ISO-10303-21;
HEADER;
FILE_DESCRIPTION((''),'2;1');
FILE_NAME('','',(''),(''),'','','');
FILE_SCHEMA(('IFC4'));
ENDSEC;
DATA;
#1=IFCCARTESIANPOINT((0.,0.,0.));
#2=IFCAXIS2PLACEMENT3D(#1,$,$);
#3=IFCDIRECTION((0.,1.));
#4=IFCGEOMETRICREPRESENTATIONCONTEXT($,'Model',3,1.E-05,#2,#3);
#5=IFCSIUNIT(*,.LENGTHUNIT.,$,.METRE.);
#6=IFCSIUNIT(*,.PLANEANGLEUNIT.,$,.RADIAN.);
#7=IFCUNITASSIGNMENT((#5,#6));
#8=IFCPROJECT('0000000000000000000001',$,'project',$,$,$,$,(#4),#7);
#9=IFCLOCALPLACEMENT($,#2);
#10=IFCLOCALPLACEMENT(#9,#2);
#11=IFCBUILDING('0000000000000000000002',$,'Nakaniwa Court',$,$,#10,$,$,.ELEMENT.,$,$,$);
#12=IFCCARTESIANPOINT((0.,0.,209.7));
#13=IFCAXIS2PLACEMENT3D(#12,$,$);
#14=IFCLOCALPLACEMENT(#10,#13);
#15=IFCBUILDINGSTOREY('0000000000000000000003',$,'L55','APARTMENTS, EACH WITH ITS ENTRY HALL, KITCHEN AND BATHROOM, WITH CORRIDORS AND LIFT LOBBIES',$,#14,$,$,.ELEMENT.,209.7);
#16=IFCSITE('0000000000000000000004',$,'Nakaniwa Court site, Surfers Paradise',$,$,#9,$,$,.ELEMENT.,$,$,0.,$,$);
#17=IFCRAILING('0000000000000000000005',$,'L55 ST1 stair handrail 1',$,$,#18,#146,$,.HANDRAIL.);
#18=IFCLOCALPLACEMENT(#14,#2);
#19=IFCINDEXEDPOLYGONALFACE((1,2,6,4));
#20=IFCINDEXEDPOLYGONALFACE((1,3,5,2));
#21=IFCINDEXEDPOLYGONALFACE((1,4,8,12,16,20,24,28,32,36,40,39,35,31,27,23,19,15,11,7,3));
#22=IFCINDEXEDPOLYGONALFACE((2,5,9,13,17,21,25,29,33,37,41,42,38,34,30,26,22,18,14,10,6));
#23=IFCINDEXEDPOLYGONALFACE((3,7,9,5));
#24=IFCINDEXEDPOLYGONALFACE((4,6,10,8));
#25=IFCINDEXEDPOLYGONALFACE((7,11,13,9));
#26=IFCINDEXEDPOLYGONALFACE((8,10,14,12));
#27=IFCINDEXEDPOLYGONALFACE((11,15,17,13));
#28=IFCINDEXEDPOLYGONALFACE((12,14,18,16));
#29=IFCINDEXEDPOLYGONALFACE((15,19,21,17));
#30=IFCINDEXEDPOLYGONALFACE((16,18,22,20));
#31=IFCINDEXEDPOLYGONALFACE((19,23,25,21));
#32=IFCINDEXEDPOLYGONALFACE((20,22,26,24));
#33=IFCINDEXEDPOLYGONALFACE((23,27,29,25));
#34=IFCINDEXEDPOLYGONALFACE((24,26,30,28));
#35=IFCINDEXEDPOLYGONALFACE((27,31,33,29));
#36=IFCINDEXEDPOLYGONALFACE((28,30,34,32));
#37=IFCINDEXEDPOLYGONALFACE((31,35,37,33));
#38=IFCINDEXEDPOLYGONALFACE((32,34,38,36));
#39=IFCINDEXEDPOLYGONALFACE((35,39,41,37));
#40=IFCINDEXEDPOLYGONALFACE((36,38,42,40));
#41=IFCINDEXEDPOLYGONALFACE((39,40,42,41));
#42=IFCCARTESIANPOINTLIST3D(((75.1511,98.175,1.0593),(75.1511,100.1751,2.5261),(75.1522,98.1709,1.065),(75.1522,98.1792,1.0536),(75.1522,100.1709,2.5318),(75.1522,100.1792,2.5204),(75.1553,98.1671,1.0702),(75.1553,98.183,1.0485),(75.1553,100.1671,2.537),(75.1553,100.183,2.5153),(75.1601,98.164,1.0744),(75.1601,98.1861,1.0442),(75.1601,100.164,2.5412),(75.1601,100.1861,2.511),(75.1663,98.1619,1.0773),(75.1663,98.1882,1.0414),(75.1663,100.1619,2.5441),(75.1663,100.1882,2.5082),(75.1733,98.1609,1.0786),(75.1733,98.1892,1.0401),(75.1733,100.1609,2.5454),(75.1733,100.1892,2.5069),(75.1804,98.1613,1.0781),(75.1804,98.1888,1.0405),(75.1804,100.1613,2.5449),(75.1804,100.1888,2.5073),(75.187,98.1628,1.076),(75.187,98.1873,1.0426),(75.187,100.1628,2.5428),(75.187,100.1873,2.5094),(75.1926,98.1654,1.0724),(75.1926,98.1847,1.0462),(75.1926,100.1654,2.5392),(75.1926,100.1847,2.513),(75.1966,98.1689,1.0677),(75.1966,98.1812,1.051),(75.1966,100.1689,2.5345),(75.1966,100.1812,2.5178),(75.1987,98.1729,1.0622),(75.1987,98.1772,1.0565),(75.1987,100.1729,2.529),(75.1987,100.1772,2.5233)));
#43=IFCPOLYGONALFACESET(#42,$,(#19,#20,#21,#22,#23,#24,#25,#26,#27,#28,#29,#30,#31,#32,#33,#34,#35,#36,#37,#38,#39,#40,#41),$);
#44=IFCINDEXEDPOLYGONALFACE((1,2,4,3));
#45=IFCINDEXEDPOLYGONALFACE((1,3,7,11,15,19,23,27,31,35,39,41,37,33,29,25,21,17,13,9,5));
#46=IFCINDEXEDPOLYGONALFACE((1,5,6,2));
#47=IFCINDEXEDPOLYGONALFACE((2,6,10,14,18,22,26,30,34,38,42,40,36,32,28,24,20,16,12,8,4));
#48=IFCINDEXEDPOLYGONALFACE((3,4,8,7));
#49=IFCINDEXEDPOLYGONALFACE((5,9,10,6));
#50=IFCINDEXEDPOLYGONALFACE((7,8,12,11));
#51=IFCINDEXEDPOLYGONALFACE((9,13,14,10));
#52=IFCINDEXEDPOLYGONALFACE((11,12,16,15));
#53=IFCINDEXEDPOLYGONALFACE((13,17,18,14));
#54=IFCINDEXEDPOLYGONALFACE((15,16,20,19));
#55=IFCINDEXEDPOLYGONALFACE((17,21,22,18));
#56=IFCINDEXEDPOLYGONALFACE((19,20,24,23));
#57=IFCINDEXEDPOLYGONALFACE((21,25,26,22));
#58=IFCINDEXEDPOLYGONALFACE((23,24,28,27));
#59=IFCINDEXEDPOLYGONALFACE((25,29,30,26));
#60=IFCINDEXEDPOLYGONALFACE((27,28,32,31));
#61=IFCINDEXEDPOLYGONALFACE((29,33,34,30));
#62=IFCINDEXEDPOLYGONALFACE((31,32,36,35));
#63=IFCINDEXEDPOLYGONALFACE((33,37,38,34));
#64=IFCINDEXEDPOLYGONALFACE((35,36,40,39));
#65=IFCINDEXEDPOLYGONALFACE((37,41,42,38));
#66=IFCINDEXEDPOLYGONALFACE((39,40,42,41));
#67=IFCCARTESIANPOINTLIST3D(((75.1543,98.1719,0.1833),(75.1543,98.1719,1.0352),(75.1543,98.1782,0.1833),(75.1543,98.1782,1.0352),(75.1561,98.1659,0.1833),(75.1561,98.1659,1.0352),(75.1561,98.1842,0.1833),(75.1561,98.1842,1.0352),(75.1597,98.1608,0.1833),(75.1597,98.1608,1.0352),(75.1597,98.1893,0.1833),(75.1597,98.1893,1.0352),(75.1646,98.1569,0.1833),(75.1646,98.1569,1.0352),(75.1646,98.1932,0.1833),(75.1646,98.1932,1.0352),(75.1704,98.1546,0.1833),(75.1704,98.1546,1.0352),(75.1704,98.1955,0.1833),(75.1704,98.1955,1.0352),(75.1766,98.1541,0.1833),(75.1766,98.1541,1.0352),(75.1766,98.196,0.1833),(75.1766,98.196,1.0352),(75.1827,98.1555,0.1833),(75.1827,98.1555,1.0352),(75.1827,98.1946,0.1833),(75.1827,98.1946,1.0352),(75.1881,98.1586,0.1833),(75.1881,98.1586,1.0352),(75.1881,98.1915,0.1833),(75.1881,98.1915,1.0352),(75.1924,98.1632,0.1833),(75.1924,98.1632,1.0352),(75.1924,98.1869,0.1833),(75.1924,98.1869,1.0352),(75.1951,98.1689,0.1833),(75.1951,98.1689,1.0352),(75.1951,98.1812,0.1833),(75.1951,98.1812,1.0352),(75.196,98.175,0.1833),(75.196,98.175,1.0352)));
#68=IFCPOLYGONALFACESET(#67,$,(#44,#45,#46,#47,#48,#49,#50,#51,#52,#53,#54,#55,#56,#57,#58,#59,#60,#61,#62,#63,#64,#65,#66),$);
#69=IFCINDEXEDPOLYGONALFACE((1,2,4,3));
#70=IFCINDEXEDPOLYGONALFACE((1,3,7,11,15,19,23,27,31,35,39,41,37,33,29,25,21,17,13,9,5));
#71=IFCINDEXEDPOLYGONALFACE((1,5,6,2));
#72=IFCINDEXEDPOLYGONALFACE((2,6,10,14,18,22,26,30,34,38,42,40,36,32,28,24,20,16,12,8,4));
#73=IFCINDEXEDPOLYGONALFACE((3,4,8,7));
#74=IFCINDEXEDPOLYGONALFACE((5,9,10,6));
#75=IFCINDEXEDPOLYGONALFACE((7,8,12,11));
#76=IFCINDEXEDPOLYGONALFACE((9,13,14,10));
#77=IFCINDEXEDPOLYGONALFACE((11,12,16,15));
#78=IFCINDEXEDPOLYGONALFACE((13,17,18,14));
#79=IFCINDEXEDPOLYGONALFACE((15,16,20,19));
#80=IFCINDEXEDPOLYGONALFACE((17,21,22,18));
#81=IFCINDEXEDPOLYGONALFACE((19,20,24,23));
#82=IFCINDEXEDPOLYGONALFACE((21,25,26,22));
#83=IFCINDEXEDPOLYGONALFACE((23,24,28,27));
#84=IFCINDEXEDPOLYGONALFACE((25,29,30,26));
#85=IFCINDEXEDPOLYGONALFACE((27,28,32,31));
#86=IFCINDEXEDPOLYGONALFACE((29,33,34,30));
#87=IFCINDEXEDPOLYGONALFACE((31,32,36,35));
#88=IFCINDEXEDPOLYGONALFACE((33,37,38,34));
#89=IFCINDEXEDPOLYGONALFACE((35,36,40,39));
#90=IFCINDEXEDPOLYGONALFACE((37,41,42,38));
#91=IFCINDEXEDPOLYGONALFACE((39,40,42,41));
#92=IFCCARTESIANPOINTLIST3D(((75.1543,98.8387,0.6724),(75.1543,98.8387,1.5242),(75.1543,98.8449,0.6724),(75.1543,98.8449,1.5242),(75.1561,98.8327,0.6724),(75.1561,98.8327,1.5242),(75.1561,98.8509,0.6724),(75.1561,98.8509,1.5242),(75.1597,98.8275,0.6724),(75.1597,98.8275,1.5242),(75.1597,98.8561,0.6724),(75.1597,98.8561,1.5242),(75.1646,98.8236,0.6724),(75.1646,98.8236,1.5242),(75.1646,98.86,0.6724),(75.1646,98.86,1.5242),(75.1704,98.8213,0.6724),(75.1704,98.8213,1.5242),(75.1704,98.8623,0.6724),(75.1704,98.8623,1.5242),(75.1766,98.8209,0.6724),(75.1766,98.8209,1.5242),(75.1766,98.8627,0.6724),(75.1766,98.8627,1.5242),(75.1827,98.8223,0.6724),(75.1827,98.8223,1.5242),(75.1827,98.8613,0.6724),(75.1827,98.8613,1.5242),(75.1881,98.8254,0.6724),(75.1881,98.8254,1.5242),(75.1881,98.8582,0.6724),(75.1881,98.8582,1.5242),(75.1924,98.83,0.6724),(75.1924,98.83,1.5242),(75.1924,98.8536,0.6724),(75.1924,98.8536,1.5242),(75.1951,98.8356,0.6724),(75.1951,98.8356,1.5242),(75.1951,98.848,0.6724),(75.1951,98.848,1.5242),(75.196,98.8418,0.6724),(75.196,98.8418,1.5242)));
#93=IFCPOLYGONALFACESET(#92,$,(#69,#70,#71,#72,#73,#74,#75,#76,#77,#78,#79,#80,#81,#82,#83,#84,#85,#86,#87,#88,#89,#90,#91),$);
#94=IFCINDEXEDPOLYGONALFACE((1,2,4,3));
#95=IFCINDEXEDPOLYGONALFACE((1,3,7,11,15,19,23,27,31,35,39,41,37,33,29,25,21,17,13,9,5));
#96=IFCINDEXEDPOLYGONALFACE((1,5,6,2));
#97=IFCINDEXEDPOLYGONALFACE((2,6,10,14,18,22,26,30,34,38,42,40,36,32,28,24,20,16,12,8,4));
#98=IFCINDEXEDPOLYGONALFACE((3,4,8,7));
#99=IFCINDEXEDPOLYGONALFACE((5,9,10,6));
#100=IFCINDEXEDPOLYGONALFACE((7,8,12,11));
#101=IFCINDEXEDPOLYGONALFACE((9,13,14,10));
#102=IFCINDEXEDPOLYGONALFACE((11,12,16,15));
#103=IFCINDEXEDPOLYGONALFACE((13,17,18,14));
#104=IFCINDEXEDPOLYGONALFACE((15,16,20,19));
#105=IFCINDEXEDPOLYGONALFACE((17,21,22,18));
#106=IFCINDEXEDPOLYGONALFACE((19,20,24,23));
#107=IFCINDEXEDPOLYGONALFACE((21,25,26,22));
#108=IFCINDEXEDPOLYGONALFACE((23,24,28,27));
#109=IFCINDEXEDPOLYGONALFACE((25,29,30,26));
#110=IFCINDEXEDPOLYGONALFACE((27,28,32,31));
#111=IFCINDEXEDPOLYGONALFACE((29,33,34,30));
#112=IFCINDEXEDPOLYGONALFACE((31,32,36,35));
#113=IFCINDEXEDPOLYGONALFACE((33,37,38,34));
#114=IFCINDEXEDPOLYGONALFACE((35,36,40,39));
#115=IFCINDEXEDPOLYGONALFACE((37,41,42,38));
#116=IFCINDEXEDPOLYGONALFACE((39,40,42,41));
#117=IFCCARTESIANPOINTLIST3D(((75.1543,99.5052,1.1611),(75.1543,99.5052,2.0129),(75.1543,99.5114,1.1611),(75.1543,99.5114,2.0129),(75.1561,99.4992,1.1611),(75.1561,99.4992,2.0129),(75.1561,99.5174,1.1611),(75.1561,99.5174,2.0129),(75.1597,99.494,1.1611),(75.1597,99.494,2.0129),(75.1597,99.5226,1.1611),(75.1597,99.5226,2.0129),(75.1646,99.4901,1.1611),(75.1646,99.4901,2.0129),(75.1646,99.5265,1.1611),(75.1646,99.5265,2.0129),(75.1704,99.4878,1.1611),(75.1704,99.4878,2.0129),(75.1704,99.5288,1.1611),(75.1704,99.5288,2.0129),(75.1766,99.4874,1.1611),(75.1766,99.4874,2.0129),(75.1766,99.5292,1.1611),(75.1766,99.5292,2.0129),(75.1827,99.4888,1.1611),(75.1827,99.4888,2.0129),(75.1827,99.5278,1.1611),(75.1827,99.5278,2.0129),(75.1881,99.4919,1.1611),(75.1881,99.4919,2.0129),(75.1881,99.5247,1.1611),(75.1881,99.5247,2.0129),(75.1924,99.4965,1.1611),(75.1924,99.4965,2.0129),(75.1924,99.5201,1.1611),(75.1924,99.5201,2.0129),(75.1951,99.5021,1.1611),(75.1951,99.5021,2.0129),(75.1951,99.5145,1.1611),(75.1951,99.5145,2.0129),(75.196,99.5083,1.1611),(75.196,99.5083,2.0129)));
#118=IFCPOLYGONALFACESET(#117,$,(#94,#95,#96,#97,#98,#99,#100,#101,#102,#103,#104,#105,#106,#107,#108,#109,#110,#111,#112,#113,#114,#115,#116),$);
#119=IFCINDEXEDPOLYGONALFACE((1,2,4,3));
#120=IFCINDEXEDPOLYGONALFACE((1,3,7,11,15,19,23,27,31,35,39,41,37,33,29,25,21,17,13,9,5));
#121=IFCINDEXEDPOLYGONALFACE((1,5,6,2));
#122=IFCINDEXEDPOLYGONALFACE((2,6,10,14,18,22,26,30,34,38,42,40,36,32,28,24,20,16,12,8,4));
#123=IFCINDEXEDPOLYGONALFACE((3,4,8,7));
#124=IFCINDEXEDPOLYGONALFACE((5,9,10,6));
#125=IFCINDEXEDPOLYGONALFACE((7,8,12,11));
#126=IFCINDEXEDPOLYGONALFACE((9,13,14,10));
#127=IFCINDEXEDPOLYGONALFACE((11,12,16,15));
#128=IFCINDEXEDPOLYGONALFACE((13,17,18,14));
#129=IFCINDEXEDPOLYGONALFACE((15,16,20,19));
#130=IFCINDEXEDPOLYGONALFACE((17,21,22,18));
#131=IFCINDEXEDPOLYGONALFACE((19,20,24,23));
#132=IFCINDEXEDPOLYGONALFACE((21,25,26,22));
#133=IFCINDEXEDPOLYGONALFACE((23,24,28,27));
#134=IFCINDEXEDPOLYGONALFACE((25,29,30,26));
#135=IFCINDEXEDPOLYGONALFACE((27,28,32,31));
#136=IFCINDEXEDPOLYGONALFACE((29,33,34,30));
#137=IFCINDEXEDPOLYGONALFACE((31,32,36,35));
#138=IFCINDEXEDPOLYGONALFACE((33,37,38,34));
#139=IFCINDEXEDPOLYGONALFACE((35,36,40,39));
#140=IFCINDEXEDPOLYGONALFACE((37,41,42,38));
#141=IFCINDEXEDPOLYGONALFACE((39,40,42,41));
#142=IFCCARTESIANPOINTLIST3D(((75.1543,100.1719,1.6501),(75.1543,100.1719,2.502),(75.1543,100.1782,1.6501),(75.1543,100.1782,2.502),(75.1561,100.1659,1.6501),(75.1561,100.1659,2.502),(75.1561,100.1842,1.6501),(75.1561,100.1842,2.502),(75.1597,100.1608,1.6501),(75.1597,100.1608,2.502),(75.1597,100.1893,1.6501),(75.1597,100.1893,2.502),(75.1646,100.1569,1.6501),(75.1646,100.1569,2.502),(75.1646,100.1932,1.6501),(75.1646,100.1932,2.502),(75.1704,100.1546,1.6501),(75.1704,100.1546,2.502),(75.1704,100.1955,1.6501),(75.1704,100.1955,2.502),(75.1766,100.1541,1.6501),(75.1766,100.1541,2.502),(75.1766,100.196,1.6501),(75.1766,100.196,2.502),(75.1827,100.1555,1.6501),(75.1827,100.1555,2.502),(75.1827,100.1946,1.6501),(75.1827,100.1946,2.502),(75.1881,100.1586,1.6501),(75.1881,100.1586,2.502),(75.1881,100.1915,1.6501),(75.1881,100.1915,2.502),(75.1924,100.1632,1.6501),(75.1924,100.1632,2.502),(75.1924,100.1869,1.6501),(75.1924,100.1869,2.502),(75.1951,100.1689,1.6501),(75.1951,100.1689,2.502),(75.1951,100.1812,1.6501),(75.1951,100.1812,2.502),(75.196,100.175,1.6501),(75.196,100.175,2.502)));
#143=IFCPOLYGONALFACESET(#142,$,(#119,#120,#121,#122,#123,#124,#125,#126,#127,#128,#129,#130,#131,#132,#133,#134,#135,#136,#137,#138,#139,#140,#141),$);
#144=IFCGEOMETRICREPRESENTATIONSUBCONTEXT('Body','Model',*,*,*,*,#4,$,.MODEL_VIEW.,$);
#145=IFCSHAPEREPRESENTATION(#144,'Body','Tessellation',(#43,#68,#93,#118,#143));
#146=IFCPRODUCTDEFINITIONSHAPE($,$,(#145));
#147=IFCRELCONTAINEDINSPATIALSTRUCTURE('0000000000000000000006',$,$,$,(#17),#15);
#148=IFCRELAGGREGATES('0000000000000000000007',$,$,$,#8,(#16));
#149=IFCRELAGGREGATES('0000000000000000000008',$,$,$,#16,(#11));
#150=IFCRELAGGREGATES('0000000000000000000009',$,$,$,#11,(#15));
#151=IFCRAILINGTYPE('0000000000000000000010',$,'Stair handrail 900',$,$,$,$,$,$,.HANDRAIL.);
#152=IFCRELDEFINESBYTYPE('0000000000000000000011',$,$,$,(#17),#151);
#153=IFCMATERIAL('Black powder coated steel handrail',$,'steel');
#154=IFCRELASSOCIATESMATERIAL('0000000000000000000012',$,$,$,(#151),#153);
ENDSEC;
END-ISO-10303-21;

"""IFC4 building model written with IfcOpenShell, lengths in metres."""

from ifc_helpers import new_model, si_unit, direction, frame, origin, origin_2d, place, context, subcontext, project, spatial, circle, extrude, material, type_object, element, save


model = new_model("IFC4")

# Units and contexts
model_context = context("Model", 3, precision=1e-05, world=origin(), true_north=direction((0.0, 1.0)))
body_context = subcontext(model_context, "Body", "Model", "MODEL_VIEW")
ifc_project = project(units=[si_unit("LENGTHUNIT", "METRE"), si_unit("PLANEANGLEUNIT", "RADIAN")], contexts=[model_context])

# Site, building, storey
site_placement = place(None, origin())
site = spatial("IfcSite", under=ifc_project, at=site_placement, Name="Nakaniwa Court site, Surfers Paradise", CompositionType="ELEMENT", RefElevation=0.0)
building_placement = place(site_placement, origin())
building = spatial("IfcBuilding", under=site, at=building_placement, Name="Nakaniwa Court", CompositionType="ELEMENT")
storey_placement = place(building_placement, frame((0.0, 0.0, 209.7)))
storey = spatial("IfcBuildingStorey", under=building, at=storey_placement, Name="L55", Description="APARTMENTS, EACH WITH ITS ENTRY HALL, KITCHEN AND BATHROOM, WITH CORRIDORS AND LIFT LOBBIES", CompositionType="ELEMENT", Elevation=209.7)

# Railing
ifc_material_1 = material(Name="Black powder coated steel handrail", Category="steel")
railing_type_1 = type_object("IfcRailingType", Name="Stair handrail 900", PredefinedType="HANDRAIL", material=ifc_material_1)
railing_1_placement = place(storey_placement, frame((75.175, 98.175, 0.1833)))
element("IfcRailing", 1, at=railing_1_placement, inside=storey, type_object=railing_type_1, Name="L55 ST1 stair handrail 1", PredefinedType="HANDRAIL", context=body_context, shape_type="SweptSolid", body=[
    extrude(circle(Radius=0.0239, at=origin_2d()), frame((0.0, 0.0, 0.876), z_axis=(0.0, 0.80638, 0.591398), x_axis=(-1.0, 0.0, 0.0)), (0.0, 0.0, 1.0), 2.4802),
    extrude(circle(Radius=0.021, at=origin_2d()), origin(), (0.0, 0.0, 1.0), 0.8518),
    extrude(circle(Radius=0.021, at=origin_2d()), frame((0.0, 0.6667, 0.489)), (0.0, 0.0, 1.0), 0.8518),
    extrude(circle(Radius=0.021, at=origin_2d()), frame((0.0, 1.3333, 0.9778)), (0.0, 0.0, 1.0), 0.8518),
    extrude(circle(Radius=0.021, at=origin_2d()), frame((0.0, 2.0, 1.4668)), (0.0, 0.0, 1.0), 0.8518),
])

save(model, "model.ifc")
